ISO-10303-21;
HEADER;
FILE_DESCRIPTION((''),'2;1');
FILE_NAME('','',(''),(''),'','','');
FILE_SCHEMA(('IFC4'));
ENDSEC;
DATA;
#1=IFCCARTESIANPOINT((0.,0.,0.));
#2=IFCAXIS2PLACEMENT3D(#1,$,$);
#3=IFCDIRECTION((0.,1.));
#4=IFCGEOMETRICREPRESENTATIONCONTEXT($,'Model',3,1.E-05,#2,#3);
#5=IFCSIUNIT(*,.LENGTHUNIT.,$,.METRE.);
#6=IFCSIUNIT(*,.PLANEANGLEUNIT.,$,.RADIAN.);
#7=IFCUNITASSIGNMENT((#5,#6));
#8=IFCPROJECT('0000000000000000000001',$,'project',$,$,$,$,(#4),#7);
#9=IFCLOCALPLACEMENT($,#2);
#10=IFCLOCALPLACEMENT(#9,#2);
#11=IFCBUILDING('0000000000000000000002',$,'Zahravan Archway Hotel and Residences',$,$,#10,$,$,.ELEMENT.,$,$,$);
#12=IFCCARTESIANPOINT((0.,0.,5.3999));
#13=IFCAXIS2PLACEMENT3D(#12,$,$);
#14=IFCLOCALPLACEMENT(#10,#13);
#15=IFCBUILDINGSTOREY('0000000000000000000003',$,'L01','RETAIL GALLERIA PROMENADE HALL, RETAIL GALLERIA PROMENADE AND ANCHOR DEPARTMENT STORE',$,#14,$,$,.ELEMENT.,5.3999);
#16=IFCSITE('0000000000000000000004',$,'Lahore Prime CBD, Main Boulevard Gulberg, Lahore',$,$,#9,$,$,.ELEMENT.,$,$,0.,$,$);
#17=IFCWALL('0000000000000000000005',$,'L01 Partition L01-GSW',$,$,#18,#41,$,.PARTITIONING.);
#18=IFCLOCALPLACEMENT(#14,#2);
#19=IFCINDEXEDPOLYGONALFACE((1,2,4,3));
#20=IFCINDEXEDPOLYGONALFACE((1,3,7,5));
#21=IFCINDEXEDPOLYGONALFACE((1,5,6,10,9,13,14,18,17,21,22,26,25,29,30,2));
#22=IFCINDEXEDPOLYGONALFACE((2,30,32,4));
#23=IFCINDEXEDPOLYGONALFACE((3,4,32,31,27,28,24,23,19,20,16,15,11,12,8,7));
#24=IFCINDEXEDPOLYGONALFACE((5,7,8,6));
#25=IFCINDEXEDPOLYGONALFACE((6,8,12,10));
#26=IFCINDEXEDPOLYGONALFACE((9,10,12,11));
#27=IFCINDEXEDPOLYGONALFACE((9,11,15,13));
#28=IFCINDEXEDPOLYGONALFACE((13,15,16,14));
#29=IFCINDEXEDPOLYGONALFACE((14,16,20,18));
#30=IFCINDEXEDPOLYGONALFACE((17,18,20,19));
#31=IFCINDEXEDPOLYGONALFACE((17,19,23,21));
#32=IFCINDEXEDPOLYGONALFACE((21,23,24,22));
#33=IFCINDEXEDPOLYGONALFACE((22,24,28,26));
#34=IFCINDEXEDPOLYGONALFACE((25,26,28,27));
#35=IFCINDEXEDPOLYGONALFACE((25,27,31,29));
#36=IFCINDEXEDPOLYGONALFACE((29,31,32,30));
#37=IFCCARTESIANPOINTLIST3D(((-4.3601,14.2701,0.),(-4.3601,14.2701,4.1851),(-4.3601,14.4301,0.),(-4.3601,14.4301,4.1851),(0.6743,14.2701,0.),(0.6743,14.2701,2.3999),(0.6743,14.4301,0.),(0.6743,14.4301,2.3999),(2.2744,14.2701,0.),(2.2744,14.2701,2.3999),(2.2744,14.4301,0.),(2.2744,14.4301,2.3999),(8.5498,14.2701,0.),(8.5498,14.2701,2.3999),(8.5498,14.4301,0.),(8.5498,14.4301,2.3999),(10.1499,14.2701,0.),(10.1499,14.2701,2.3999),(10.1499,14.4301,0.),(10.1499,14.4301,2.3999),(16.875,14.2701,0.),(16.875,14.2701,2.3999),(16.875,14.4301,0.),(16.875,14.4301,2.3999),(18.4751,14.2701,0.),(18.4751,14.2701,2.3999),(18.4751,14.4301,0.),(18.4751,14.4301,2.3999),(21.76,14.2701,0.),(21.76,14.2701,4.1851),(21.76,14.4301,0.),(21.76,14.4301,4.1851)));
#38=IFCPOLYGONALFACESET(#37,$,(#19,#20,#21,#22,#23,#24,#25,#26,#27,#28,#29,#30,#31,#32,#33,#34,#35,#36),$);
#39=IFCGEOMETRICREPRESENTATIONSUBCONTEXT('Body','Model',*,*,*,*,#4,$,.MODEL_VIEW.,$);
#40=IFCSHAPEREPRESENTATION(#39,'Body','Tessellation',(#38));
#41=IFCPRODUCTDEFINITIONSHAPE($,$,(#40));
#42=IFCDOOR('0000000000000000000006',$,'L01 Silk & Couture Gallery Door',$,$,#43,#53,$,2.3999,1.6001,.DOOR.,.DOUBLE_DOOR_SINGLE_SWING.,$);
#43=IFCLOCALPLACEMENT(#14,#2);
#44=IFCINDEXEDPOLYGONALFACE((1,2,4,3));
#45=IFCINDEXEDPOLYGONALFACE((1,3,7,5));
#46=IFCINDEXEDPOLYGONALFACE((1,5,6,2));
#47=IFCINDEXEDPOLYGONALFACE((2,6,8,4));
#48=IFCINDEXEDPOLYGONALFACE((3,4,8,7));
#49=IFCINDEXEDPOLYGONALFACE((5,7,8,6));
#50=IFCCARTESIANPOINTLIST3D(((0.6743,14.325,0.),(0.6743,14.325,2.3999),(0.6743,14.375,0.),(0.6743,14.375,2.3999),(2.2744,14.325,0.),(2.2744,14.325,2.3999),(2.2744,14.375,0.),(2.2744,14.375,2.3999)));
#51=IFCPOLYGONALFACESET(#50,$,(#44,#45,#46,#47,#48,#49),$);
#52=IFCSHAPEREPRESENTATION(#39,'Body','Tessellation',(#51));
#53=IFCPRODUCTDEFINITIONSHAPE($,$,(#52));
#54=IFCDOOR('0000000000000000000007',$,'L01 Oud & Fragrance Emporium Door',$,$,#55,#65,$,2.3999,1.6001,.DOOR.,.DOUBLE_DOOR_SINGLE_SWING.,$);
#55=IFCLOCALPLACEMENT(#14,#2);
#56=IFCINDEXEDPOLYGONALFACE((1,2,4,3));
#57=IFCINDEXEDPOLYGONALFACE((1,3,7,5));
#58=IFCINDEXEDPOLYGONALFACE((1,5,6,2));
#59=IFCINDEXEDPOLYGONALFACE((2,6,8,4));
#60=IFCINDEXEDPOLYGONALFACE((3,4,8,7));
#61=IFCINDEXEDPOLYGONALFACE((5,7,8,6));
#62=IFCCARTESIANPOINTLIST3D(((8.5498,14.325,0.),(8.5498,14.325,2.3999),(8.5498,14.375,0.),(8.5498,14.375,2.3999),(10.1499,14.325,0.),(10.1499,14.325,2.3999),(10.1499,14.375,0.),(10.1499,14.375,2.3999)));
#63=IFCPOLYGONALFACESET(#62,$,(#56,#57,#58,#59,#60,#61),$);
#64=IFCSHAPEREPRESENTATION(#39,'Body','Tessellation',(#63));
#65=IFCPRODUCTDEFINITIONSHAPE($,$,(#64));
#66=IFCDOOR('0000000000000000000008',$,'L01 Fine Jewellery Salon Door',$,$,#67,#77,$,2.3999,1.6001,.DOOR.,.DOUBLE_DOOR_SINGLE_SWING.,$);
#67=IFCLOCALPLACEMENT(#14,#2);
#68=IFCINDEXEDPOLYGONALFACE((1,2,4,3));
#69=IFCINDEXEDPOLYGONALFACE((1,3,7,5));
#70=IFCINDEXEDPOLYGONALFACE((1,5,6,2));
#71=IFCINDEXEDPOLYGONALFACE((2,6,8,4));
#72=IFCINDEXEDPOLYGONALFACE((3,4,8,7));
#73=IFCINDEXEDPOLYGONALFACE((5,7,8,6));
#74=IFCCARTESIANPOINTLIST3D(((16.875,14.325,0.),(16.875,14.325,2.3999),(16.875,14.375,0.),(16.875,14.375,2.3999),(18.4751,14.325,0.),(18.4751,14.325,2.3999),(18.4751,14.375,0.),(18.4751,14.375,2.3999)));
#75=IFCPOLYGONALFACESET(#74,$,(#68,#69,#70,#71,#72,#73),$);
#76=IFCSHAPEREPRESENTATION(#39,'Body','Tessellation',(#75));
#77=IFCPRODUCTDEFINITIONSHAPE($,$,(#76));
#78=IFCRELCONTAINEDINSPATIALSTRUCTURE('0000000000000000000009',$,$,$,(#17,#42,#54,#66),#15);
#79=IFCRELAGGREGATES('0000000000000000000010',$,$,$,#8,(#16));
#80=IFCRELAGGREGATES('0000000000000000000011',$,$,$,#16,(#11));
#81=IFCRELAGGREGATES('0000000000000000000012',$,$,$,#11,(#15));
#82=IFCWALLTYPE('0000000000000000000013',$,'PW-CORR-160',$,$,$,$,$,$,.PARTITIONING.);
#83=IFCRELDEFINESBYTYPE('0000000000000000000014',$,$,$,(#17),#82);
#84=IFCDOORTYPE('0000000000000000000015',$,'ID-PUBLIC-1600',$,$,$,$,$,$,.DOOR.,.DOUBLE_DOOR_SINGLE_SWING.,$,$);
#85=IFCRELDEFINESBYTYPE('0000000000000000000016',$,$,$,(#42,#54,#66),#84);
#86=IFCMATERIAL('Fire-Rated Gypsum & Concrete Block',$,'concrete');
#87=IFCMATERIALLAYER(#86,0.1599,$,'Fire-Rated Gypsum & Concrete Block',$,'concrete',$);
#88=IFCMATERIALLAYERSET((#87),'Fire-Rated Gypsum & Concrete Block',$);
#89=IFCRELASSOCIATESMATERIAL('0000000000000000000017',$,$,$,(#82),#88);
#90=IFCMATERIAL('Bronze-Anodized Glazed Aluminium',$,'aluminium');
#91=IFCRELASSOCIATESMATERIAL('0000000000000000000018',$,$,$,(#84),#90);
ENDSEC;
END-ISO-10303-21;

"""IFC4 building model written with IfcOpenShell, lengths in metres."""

from ifc_helpers import new_model, si_unit, direction, frame, frame_2d, origin, place, context, subcontext, project, spatial, rectangle, extrude, source, transform, mapped, material, layer, layer_set, type_object, type_shapes, element, fill, save


model = new_model("IFC4")

# Units and contexts
model_context = context("Model", 3, precision=1e-05, world=origin(), true_north=direction((0.0, 1.0)))
body_context = subcontext(model_context, "Body", "Model", "MODEL_VIEW")
ifc_project = project(units=[si_unit("LENGTHUNIT", "METRE"), si_unit("PLANEANGLEUNIT", "RADIAN")], contexts=[model_context])

# Site, building, storey
site_placement = place(None, origin())
site = spatial("IfcSite", under=ifc_project, at=site_placement, Name="Lahore Prime CBD, Main Boulevard Gulberg, Lahore", CompositionType="ELEMENT", RefElevation=0.0)
building_placement = place(site_placement, origin())
building = spatial("IfcBuilding", under=site, at=building_placement, Name="Zahravan Archway Hotel and Residences", CompositionType="ELEMENT")
storey_placement = place(building_placement, frame((0.0, 0.0, 5.3999)))
storey = spatial("IfcBuildingStorey", under=building, at=storey_placement, Name="L01", Description="RETAIL GALLERIA PROMENADE HALL, RETAIL GALLERIA PROMENADE AND ANCHOR DEPARTMENT STORE", CompositionType="ELEMENT", Elevation=5.3999)

# Wall, openings, doors
ifc_material_1 = material(Name="Fire-Rated Gypsum & Concrete Block", Category="concrete")
ifc_layer = layer(ifc_material_1, 0.1599, Name="Fire-Rated Gypsum & Concrete Block", Category="concrete")
ifc_layer_set = layer_set([ifc_layer], Name="Fire-Rated Gypsum & Concrete Block")
wall_type = type_object("IfcWallType", Name="PW-CORR-160", PredefinedType="PARTITIONING", material=ifc_layer_set)
wall_placement = place(storey_placement, frame((-4.3601, 14.3501, 0.0), z_axis=(0.0, 0.0, 1.0), x_axis=(1.0, 0.0, 0.0)))
wall = element("IfcWall", 1, at=wall_placement, inside=storey, type_object=wall_type, Name="L01 Partition L01-GSW", PredefinedType="PARTITIONING", context=body_context, shape_type="SweptSolid", body=[
    extrude(rectangle(XDim=26.1201, YDim=0.1599, at=frame_2d((13.0601, 0.0))), origin(), (0.0, 0.0, 1.0), 4.1851),
])
opening_1_placement = place(wall_placement, frame((5.0344, 0.0, 0.0)))
opening_1 = element("IfcOpeningElement", 2, at=opening_1_placement, cuts=wall, PredefinedType="OPENING", context=body_context, shape_type="SweptSolid", body=[
    extrude(rectangle(XDim=1.6001, YDim=2.3999, at=frame_2d((0.8, 1.2))), frame((0.0, 0.0898, 0.0), z_axis=(0.0, -1.0, 0.0), x_axis=(1.0, 0.0, 0.0)), (0.0, 0.0, 1.0), 0.1799),
])
opening_2_placement = place(wall_placement, frame((12.9099, 0.0, 0.0)))
opening_2 = element("IfcOpeningElement", 3, at=opening_2_placement, cuts=wall, PredefinedType="OPENING", context=body_context, shape_type="SweptSolid", body=[
    extrude(rectangle(XDim=1.6001, YDim=2.3999, at=frame_2d((0.8, 1.2))), frame((0.0, 0.0898, 0.0), z_axis=(0.0, -1.0, 0.0), x_axis=(1.0, 0.0, 0.0)), (0.0, 0.0, 1.0), 0.1799),
])
opening_3_placement = place(wall_placement, frame((21.2351, 0.0, 0.0)))
opening_3 = element("IfcOpeningElement", 4, at=opening_3_placement, cuts=wall, PredefinedType="OPENING", context=body_context, shape_type="SweptSolid", body=[
    extrude(rectangle(XDim=1.6001, YDim=2.3999, at=frame_2d((0.8, 1.2))), frame((0.0, 0.0898, 0.0), z_axis=(0.0, -1.0, 0.0), x_axis=(1.0, 0.0, 0.0)), (0.0, 0.0, 1.0), 0.1799),
])
ifc_material_2 = material(Name="Bronze-Anodized Glazed Aluminium", Category="aluminium")
door_type = type_object("IfcDoorType", Name="ID-PUBLIC-1600", OperationType="DOUBLE_DOOR_SINGLE_SWING", PredefinedType="DOOR", material=ifc_material_2)
shared_shape_1 = source(origin(), body_context, "Body", "SweptSolid", [
    extrude(rectangle(XDim=1.6001, YDim=2.3999, at=frame_2d((0.8, 1.2))), frame((0.0, 0.0249, 0.0), z_axis=(0.0, -1.0, 0.0), x_axis=(1.0, 0.0, 0.0)), (0.0, 0.0, 1.0), 0.05),
])
type_shapes(door_type, [shared_shape_1])
door_1_placement = place(opening_1_placement, origin())
door_1 = element("IfcDoor", 5, at=door_1_placement, inside=storey, type_object=door_type, Name="L01 Silk & Couture Gallery Door", OperationType="DOUBLE_DOOR_SINGLE_SWING", OverallHeight=2.3999, OverallWidth=1.6001, PredefinedType="DOOR", context=body_context, shape_type="MappedRepresentation", body=[
    mapped(shared_shape_1, transform((0.0, 0.0, 0.0), scale=1.0)),
])
fill(opening_1, door_1)
door_2_placement = place(opening_2_placement, origin())
door_2 = element("IfcDoor", 6, at=door_2_placement, inside=storey, type_object=door_type, Name="L01 Oud & Fragrance Emporium Door", OperationType="DOUBLE_DOOR_SINGLE_SWING", OverallHeight=2.3999, OverallWidth=1.6001, PredefinedType="DOOR", context=body_context, shape_type="MappedRepresentation", body=[
    mapped(shared_shape_1, transform((0.0, 0.0, 0.0), scale=1.0)),
])
fill(opening_2, door_2)
door_3_placement = place(opening_3_placement, origin())
door_3 = element("IfcDoor", 7, at=door_3_placement, inside=storey, type_object=door_type, Name="L01 Fine Jewellery Salon Door", OperationType="DOUBLE_DOOR_SINGLE_SWING", OverallHeight=2.3999, OverallWidth=1.6001, PredefinedType="DOOR", context=body_context, shape_type="MappedRepresentation", body=[
    mapped(shared_shape_1, transform((0.0, 0.0, 0.0), scale=1.0)),
])
fill(opening_3, door_3)

save(model, "model.ifc")
